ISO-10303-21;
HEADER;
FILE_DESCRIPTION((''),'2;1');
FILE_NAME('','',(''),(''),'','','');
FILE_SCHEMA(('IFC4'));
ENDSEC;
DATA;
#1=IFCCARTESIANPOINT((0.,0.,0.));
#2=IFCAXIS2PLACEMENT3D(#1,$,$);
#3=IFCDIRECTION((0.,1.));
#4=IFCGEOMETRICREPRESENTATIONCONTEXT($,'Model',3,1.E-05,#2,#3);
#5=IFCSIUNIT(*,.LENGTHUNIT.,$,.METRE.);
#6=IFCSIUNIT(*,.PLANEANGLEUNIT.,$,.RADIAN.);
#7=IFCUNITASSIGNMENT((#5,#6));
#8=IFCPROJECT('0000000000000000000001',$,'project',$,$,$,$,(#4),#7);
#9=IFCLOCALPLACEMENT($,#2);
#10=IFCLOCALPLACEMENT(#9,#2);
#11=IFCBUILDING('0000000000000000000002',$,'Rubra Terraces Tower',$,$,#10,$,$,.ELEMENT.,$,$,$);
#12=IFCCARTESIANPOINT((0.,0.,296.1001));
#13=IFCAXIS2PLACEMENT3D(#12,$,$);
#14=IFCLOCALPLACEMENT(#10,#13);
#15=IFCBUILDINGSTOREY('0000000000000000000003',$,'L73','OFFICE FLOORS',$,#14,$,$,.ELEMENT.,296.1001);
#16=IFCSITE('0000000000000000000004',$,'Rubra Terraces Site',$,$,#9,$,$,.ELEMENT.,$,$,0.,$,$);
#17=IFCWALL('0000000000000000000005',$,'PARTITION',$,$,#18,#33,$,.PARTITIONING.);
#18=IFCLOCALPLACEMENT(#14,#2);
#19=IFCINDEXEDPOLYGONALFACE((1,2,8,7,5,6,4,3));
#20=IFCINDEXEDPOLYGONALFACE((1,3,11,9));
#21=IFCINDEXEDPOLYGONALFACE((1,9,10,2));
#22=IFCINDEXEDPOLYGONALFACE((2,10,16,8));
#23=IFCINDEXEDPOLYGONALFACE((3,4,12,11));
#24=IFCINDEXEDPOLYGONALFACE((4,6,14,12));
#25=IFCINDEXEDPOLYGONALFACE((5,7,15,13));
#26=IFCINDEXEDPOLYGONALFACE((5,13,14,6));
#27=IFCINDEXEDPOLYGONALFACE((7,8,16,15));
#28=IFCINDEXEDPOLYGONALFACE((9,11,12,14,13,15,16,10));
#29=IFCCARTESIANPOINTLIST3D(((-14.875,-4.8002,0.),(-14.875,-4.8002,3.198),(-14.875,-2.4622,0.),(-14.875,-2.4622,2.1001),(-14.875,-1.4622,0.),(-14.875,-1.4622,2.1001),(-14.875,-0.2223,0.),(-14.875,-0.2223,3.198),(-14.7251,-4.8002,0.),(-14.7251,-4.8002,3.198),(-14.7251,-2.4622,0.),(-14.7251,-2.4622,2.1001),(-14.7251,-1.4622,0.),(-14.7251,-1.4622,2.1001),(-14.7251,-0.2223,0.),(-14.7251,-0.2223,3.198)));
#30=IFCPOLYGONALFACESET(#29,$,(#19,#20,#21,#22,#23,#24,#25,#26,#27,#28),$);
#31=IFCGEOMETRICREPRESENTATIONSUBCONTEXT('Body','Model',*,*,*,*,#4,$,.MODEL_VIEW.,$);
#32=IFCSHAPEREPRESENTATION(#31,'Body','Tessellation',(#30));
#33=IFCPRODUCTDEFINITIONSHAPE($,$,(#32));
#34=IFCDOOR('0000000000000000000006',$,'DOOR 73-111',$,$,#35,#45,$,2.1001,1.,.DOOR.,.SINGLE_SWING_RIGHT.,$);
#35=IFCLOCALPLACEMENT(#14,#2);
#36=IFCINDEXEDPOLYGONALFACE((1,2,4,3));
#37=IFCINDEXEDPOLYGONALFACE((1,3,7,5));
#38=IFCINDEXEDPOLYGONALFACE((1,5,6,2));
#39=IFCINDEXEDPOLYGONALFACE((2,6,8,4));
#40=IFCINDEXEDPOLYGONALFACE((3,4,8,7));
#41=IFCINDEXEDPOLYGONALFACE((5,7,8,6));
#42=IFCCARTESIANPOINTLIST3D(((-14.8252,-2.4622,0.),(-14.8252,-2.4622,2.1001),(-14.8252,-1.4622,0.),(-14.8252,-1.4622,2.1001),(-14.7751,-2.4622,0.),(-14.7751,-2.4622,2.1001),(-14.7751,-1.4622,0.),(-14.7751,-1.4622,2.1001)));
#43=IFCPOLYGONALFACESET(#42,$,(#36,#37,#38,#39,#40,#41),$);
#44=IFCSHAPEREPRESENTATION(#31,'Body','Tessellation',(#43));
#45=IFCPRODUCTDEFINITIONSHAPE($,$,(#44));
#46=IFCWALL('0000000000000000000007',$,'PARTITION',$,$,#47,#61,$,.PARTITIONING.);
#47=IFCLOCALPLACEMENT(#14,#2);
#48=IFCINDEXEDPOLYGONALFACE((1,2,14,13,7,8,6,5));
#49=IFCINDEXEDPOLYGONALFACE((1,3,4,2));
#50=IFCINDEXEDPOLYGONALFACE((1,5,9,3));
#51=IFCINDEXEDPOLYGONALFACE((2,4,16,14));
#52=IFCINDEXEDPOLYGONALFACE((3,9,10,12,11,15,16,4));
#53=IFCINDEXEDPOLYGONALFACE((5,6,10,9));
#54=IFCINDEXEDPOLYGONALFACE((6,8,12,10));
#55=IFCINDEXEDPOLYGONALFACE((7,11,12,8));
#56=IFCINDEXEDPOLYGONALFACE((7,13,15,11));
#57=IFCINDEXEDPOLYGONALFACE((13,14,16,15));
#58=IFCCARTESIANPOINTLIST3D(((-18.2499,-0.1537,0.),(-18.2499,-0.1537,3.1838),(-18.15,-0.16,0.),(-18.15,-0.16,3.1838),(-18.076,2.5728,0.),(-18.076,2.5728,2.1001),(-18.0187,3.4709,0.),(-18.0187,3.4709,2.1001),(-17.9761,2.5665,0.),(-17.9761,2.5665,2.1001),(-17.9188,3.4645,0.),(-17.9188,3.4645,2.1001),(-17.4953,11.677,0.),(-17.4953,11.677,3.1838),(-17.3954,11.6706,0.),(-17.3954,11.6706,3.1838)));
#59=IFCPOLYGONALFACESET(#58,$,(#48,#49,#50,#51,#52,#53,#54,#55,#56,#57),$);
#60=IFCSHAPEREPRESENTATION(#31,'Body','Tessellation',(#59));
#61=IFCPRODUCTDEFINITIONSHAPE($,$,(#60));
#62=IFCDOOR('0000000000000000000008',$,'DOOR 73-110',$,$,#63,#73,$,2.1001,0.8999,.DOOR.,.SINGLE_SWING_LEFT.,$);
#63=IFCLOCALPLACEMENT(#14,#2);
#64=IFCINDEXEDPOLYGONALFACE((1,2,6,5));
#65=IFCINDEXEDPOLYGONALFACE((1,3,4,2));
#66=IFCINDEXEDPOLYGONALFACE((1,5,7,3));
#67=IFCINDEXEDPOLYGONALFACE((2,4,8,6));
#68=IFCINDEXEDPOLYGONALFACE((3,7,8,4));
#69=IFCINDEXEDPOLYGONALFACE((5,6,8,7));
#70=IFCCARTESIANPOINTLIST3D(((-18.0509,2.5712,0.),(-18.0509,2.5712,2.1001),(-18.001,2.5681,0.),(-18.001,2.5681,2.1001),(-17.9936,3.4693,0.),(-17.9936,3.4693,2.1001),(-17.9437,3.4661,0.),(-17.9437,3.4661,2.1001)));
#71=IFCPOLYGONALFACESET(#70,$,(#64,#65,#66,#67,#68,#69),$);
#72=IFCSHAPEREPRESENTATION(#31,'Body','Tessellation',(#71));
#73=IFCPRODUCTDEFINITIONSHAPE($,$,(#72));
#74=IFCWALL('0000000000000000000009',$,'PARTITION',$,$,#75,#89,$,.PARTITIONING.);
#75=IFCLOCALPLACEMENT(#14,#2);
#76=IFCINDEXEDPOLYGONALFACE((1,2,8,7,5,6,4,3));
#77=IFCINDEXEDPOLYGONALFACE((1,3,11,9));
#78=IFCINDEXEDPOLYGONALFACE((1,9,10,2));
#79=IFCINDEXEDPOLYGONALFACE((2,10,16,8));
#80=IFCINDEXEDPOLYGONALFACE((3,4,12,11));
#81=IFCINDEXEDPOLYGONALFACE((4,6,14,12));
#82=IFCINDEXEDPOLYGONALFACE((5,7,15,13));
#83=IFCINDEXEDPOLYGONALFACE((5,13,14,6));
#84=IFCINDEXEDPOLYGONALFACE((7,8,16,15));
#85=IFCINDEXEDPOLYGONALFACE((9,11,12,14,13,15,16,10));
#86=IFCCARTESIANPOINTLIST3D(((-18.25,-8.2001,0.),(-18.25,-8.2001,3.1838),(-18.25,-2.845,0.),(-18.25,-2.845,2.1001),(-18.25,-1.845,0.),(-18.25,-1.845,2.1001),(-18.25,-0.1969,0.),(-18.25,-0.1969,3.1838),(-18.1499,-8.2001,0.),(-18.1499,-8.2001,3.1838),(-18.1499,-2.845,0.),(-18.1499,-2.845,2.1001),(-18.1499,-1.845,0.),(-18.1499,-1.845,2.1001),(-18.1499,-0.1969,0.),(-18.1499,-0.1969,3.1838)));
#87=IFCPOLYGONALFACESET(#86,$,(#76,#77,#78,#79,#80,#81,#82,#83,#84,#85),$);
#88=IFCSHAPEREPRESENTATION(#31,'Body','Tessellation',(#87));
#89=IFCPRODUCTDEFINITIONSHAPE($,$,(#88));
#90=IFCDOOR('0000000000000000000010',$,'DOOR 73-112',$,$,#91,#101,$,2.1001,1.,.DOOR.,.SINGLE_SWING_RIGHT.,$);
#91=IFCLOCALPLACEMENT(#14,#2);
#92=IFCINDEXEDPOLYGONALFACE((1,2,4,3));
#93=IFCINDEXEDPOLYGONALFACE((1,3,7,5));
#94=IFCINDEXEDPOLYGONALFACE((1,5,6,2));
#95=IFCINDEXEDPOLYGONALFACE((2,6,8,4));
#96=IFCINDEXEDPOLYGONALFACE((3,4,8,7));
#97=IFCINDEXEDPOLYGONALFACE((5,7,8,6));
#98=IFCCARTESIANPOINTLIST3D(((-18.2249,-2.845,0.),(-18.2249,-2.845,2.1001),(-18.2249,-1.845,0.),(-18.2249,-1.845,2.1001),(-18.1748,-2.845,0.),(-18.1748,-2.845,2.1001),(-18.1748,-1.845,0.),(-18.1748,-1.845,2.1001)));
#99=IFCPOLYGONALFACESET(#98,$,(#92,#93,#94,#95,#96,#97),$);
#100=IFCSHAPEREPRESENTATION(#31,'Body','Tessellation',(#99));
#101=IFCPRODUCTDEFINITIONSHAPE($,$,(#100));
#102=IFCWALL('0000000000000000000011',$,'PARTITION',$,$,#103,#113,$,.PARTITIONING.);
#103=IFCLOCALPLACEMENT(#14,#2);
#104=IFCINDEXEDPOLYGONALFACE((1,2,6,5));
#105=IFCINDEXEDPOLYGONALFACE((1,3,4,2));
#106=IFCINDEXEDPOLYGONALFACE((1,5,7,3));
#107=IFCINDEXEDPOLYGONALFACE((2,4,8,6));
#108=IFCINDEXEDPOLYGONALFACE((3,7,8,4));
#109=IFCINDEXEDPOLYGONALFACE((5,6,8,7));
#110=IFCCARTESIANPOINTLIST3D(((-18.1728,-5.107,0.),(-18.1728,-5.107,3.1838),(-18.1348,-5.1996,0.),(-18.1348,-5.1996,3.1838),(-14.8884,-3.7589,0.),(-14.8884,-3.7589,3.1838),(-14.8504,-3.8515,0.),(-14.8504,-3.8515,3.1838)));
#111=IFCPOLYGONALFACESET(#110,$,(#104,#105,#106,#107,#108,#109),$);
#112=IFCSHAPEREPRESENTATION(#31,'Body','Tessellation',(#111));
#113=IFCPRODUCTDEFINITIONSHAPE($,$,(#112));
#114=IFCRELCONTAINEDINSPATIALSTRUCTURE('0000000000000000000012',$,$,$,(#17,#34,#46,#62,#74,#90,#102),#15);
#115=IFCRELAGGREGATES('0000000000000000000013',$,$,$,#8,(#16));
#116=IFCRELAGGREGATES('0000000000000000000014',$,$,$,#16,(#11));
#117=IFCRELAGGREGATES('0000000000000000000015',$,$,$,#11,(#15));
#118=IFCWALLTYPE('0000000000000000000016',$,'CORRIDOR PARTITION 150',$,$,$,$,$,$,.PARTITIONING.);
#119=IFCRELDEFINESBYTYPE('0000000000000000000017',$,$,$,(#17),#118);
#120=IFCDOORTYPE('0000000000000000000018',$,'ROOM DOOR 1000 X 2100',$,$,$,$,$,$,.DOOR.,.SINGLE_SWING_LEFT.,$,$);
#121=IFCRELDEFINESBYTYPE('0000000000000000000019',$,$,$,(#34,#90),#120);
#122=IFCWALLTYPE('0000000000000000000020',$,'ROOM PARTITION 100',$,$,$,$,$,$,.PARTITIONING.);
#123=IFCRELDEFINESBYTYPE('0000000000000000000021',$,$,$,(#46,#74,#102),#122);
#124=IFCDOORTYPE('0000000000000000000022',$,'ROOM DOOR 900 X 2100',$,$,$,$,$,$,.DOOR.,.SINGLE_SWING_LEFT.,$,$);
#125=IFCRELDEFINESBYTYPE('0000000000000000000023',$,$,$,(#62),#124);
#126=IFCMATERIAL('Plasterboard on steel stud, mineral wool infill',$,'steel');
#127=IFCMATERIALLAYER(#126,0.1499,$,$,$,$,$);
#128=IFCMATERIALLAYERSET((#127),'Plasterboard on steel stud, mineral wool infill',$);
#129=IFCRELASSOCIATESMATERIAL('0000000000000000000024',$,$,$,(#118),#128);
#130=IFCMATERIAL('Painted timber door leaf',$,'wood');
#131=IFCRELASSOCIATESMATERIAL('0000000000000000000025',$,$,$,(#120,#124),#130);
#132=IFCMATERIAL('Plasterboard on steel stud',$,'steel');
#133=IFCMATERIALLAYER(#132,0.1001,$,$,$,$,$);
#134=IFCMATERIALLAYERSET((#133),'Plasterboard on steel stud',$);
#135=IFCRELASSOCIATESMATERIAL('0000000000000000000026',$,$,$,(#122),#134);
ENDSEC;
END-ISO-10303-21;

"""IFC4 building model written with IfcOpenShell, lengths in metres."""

from ifc_helpers import new_model, si_unit, direction, frame, frame_2d, origin, place, context, subcontext, project, spatial, rectangle, extrude, material, layer, layer_set, type_object, element, fill, save


model = new_model("IFC4")

# Units and contexts
model_context = context("Model", 3, precision=1e-05, world=origin(), true_north=direction((0.0, 1.0)))
body_context = subcontext(model_context, "Body", "Model", "MODEL_VIEW")
ifc_project = project(units=[si_unit("LENGTHUNIT", "METRE"), si_unit("PLANEANGLEUNIT", "RADIAN")], contexts=[model_context])

# Site, building, storey
site_placement = place(None, origin())
site = spatial("IfcSite", under=ifc_project, at=site_placement, Name="Rubra Terraces Site", CompositionType="ELEMENT", RefElevation=0.0)
building_placement = place(site_placement, origin())
building = spatial("IfcBuilding", under=site, at=building_placement, Name="Rubra Terraces Tower", CompositionType="ELEMENT")
storey_placement = place(building_placement, frame((0.0, 0.0, 296.1001)))
storey = spatial("IfcBuildingStorey", under=building, at=storey_placement, Name="L73", Description="OFFICE FLOORS", CompositionType="ELEMENT", Elevation=296.1001)

# Wall, opening, door
ifc_material_1 = material(Name="Plasterboard on steel stud, mineral wool infill", Category="steel")
ifc_layer_1 = layer(ifc_material_1, 0.1499)
ifc_layer_set_1 = layer_set([ifc_layer_1], Name="Plasterboard on steel stud, mineral wool infill")
wall_type_1 = type_object("IfcWallType", Name="CORRIDOR PARTITION 150", PredefinedType="PARTITIONING", material=ifc_layer_set_1)
wall_1_placement = place(storey_placement, frame((-14.8, -0.2222, 0.0), z_axis=(0.0, 0.0, 1.0), x_axis=(0.0, -1.0, 0.0)))
wall_1 = element("IfcWall", 1, at=wall_1_placement, inside=storey, type_object=wall_type_1, Name="PARTITION", PredefinedType="PARTITIONING", context=body_context, shape_type="SweptSolid", body=[
    extrude(rectangle(XDim=4.5779, YDim=0.1499, at=frame_2d((2.2891, 0.0))), origin(), (0.0, 0.0, 1.0), 3.198),
])
opening_1_placement = place(wall_1_placement, frame((1.24, 0.0, 0.0)))
opening_1 = element("IfcOpeningElement", 2, at=opening_1_placement, cuts=wall_1, PredefinedType="OPENING", context=body_context, shape_type="SweptSolid", body=[
    extrude(rectangle(XDim=1.0, YDim=2.1001, at=frame_2d((0.5, 1.05))), frame((0.0, 0.085, 0.0), z_axis=(0.0, -1.0, 0.0), x_axis=(1.0, 0.0, 0.0)), (0.0, 0.0, 1.0), 0.1699),
])
ifc_material_2 = material(Name="Painted timber door leaf", Category="wood")
door_type_1 = type_object("IfcDoorType", Name="ROOM DOOR 1000 X 2100", OperationType="SINGLE_SWING_LEFT", PredefinedType="DOOR", material=ifc_material_2)
door_1_placement = place(opening_1_placement, origin())
door_1 = element("IfcDoor", 3, at=door_1_placement, inside=storey, type_object=door_type_1, Name="DOOR 73-111", OperationType="SINGLE_SWING_RIGHT", OverallHeight=2.1001, OverallWidth=1.0, PredefinedType="DOOR", context=body_context, shape_type="SweptSolid", body=[
    extrude(rectangle(XDim=1.0, YDim=2.1001, at=frame_2d((0.5, 1.05))), frame((0.0, 0.0249, 0.0), z_axis=(0.0, -1.0, 0.0), x_axis=(1.0, 0.0, 0.0)), (0.0, 0.0, 1.0), 0.05),
])
fill(opening_1, door_1)

# Walls, openings, doors
ifc_material_3 = material(Name="Plasterboard on steel stud", Category="steel")
ifc_layer_2 = layer(ifc_material_3, 0.1001)
ifc_layer_set_2 = layer_set([ifc_layer_2], Name="Plasterboard on steel stud")
wall_type_2 = type_object("IfcWallType", Name="ROOM PARTITION 100", PredefinedType="PARTITIONING", material=ifc_layer_set_2)
wall_2_placement = place(storey_placement, frame((-18.2, -0.1567, 0.0), z_axis=(0.0, 0.0, 1.0), x_axis=(0.063657, 0.997972, 0.0)))
wall_2 = element("IfcWall", 4, at=wall_2_placement, inside=storey, type_object=wall_type_2, Name="PARTITION", PredefinedType="PARTITIONING", context=body_context, shape_type="SweptSolid", body=[
    extrude(rectangle(XDim=11.8547, YDim=0.1001, at=frame_2d((5.9272, 0.0))), origin(), (0.0, 0.0, 1.0), 3.1838),
])
opening_2_placement = place(wall_2_placement, frame((2.7319, 0.0, 0.0)))
opening_2 = element("IfcOpeningElement", 5, at=opening_2_placement, cuts=wall_2, PredefinedType="OPENING", context=body_context, shape_type="SweptSolid", body=[
    extrude(rectangle(XDim=0.8999, YDim=2.1001, at=frame_2d((0.45, 1.05))), frame((0.0, 0.0601, 0.0), z_axis=(0.0, -1.0, 0.0), x_axis=(1.0, 0.0, 0.0)), (0.0, 0.0, 1.0), 0.1201),
])
door_type_2 = type_object("IfcDoorType", Name="ROOM DOOR 900 X 2100", OperationType="SINGLE_SWING_LEFT", PredefinedType="DOOR", material=ifc_material_2)
door_2_placement = place(opening_2_placement, origin())
door_2 = element("IfcDoor", 6, at=door_2_placement, inside=storey, type_object=door_type_2, Name="DOOR 73-110", OperationType="SINGLE_SWING_LEFT", OverallHeight=2.1001, OverallWidth=0.8999, PredefinedType="DOOR", context=body_context, shape_type="SweptSolid", body=[
    extrude(rectangle(XDim=0.8999, YDim=2.1001, at=frame_2d((0.45, 1.05))), frame((0.0, 0.0249, 0.0), z_axis=(0.0, -1.0, 0.0), x_axis=(1.0, 0.0, 0.0)), (0.0, 0.0, 1.0), 0.05),
])
fill(opening_2, door_2)
wall_3_placement = place(storey_placement, frame((-18.2, -8.2, 0.0), z_axis=(0.0, 0.0, 1.0), x_axis=(0.0, 1.0, 0.0)))
wall_3 = element("IfcWall", 7, at=wall_3_placement, inside=storey, type_object=wall_type_2, Name="PARTITION", PredefinedType="PARTITIONING", context=body_context, shape_type="SweptSolid", body=[
    extrude(rectangle(XDim=8.0032, YDim=0.1001, at=frame_2d((4.0015, 0.0))), origin(), (0.0, 0.0, 1.0), 3.1838),
])
opening_3_placement = place(wall_3_placement, frame((5.355, 0.0, 0.0)))
opening_3 = element("IfcOpeningElement", 8, at=opening_3_placement, cuts=wall_3, PredefinedType="OPENING", context=body_context, shape_type="SweptSolid", body=[
    extrude(rectangle(XDim=1.0, YDim=2.1001, at=frame_2d((0.5, 1.05))), frame((0.0, 0.0601, 0.0), z_axis=(0.0, -1.0, 0.0), x_axis=(1.0, 0.0, 0.0)), (0.0, 0.0, 1.0), 0.1201),
])
door_3_placement = place(opening_3_placement, origin())
door_3 = element("IfcDoor", 9, at=door_3_placement, inside=storey, type_object=door_type_1, Name="DOOR 73-112", OperationType="SINGLE_SWING_RIGHT", OverallHeight=2.1001, OverallWidth=1.0, PredefinedType="DOOR", context=body_context, shape_type="SweptSolid", body=[
    extrude(rectangle(XDim=1.0, YDim=2.1001, at=frame_2d((0.5, 1.05))), frame((0.0, 0.0249, 0.0), z_axis=(0.0, -1.0, 0.0), x_axis=(1.0, 0.0, 0.0)), (0.0, 0.0, 1.0), 0.05),
])
fill(opening_3, door_3)

# Wall
wall_4_placement = place(storey_placement, frame((-14.8694, -3.8052, 0.0), z_axis=(0.0, 0.0, 1.0), x_axis=(-0.9251, -0.379722, 0.0)))
element("IfcWall", 10, at=wall_4_placement, inside=storey, type_object=wall_type_2, Name="PARTITION", PredefinedType="PARTITIONING", context=body_context, shape_type="SweptSolid", body=[
    extrude(rectangle(XDim=3.5503, YDim=0.1001, at=frame_2d((1.7751, 0.0))), origin(), (0.0, 0.0, 1.0), 3.1838),
])

save(model, "model.ifc")
